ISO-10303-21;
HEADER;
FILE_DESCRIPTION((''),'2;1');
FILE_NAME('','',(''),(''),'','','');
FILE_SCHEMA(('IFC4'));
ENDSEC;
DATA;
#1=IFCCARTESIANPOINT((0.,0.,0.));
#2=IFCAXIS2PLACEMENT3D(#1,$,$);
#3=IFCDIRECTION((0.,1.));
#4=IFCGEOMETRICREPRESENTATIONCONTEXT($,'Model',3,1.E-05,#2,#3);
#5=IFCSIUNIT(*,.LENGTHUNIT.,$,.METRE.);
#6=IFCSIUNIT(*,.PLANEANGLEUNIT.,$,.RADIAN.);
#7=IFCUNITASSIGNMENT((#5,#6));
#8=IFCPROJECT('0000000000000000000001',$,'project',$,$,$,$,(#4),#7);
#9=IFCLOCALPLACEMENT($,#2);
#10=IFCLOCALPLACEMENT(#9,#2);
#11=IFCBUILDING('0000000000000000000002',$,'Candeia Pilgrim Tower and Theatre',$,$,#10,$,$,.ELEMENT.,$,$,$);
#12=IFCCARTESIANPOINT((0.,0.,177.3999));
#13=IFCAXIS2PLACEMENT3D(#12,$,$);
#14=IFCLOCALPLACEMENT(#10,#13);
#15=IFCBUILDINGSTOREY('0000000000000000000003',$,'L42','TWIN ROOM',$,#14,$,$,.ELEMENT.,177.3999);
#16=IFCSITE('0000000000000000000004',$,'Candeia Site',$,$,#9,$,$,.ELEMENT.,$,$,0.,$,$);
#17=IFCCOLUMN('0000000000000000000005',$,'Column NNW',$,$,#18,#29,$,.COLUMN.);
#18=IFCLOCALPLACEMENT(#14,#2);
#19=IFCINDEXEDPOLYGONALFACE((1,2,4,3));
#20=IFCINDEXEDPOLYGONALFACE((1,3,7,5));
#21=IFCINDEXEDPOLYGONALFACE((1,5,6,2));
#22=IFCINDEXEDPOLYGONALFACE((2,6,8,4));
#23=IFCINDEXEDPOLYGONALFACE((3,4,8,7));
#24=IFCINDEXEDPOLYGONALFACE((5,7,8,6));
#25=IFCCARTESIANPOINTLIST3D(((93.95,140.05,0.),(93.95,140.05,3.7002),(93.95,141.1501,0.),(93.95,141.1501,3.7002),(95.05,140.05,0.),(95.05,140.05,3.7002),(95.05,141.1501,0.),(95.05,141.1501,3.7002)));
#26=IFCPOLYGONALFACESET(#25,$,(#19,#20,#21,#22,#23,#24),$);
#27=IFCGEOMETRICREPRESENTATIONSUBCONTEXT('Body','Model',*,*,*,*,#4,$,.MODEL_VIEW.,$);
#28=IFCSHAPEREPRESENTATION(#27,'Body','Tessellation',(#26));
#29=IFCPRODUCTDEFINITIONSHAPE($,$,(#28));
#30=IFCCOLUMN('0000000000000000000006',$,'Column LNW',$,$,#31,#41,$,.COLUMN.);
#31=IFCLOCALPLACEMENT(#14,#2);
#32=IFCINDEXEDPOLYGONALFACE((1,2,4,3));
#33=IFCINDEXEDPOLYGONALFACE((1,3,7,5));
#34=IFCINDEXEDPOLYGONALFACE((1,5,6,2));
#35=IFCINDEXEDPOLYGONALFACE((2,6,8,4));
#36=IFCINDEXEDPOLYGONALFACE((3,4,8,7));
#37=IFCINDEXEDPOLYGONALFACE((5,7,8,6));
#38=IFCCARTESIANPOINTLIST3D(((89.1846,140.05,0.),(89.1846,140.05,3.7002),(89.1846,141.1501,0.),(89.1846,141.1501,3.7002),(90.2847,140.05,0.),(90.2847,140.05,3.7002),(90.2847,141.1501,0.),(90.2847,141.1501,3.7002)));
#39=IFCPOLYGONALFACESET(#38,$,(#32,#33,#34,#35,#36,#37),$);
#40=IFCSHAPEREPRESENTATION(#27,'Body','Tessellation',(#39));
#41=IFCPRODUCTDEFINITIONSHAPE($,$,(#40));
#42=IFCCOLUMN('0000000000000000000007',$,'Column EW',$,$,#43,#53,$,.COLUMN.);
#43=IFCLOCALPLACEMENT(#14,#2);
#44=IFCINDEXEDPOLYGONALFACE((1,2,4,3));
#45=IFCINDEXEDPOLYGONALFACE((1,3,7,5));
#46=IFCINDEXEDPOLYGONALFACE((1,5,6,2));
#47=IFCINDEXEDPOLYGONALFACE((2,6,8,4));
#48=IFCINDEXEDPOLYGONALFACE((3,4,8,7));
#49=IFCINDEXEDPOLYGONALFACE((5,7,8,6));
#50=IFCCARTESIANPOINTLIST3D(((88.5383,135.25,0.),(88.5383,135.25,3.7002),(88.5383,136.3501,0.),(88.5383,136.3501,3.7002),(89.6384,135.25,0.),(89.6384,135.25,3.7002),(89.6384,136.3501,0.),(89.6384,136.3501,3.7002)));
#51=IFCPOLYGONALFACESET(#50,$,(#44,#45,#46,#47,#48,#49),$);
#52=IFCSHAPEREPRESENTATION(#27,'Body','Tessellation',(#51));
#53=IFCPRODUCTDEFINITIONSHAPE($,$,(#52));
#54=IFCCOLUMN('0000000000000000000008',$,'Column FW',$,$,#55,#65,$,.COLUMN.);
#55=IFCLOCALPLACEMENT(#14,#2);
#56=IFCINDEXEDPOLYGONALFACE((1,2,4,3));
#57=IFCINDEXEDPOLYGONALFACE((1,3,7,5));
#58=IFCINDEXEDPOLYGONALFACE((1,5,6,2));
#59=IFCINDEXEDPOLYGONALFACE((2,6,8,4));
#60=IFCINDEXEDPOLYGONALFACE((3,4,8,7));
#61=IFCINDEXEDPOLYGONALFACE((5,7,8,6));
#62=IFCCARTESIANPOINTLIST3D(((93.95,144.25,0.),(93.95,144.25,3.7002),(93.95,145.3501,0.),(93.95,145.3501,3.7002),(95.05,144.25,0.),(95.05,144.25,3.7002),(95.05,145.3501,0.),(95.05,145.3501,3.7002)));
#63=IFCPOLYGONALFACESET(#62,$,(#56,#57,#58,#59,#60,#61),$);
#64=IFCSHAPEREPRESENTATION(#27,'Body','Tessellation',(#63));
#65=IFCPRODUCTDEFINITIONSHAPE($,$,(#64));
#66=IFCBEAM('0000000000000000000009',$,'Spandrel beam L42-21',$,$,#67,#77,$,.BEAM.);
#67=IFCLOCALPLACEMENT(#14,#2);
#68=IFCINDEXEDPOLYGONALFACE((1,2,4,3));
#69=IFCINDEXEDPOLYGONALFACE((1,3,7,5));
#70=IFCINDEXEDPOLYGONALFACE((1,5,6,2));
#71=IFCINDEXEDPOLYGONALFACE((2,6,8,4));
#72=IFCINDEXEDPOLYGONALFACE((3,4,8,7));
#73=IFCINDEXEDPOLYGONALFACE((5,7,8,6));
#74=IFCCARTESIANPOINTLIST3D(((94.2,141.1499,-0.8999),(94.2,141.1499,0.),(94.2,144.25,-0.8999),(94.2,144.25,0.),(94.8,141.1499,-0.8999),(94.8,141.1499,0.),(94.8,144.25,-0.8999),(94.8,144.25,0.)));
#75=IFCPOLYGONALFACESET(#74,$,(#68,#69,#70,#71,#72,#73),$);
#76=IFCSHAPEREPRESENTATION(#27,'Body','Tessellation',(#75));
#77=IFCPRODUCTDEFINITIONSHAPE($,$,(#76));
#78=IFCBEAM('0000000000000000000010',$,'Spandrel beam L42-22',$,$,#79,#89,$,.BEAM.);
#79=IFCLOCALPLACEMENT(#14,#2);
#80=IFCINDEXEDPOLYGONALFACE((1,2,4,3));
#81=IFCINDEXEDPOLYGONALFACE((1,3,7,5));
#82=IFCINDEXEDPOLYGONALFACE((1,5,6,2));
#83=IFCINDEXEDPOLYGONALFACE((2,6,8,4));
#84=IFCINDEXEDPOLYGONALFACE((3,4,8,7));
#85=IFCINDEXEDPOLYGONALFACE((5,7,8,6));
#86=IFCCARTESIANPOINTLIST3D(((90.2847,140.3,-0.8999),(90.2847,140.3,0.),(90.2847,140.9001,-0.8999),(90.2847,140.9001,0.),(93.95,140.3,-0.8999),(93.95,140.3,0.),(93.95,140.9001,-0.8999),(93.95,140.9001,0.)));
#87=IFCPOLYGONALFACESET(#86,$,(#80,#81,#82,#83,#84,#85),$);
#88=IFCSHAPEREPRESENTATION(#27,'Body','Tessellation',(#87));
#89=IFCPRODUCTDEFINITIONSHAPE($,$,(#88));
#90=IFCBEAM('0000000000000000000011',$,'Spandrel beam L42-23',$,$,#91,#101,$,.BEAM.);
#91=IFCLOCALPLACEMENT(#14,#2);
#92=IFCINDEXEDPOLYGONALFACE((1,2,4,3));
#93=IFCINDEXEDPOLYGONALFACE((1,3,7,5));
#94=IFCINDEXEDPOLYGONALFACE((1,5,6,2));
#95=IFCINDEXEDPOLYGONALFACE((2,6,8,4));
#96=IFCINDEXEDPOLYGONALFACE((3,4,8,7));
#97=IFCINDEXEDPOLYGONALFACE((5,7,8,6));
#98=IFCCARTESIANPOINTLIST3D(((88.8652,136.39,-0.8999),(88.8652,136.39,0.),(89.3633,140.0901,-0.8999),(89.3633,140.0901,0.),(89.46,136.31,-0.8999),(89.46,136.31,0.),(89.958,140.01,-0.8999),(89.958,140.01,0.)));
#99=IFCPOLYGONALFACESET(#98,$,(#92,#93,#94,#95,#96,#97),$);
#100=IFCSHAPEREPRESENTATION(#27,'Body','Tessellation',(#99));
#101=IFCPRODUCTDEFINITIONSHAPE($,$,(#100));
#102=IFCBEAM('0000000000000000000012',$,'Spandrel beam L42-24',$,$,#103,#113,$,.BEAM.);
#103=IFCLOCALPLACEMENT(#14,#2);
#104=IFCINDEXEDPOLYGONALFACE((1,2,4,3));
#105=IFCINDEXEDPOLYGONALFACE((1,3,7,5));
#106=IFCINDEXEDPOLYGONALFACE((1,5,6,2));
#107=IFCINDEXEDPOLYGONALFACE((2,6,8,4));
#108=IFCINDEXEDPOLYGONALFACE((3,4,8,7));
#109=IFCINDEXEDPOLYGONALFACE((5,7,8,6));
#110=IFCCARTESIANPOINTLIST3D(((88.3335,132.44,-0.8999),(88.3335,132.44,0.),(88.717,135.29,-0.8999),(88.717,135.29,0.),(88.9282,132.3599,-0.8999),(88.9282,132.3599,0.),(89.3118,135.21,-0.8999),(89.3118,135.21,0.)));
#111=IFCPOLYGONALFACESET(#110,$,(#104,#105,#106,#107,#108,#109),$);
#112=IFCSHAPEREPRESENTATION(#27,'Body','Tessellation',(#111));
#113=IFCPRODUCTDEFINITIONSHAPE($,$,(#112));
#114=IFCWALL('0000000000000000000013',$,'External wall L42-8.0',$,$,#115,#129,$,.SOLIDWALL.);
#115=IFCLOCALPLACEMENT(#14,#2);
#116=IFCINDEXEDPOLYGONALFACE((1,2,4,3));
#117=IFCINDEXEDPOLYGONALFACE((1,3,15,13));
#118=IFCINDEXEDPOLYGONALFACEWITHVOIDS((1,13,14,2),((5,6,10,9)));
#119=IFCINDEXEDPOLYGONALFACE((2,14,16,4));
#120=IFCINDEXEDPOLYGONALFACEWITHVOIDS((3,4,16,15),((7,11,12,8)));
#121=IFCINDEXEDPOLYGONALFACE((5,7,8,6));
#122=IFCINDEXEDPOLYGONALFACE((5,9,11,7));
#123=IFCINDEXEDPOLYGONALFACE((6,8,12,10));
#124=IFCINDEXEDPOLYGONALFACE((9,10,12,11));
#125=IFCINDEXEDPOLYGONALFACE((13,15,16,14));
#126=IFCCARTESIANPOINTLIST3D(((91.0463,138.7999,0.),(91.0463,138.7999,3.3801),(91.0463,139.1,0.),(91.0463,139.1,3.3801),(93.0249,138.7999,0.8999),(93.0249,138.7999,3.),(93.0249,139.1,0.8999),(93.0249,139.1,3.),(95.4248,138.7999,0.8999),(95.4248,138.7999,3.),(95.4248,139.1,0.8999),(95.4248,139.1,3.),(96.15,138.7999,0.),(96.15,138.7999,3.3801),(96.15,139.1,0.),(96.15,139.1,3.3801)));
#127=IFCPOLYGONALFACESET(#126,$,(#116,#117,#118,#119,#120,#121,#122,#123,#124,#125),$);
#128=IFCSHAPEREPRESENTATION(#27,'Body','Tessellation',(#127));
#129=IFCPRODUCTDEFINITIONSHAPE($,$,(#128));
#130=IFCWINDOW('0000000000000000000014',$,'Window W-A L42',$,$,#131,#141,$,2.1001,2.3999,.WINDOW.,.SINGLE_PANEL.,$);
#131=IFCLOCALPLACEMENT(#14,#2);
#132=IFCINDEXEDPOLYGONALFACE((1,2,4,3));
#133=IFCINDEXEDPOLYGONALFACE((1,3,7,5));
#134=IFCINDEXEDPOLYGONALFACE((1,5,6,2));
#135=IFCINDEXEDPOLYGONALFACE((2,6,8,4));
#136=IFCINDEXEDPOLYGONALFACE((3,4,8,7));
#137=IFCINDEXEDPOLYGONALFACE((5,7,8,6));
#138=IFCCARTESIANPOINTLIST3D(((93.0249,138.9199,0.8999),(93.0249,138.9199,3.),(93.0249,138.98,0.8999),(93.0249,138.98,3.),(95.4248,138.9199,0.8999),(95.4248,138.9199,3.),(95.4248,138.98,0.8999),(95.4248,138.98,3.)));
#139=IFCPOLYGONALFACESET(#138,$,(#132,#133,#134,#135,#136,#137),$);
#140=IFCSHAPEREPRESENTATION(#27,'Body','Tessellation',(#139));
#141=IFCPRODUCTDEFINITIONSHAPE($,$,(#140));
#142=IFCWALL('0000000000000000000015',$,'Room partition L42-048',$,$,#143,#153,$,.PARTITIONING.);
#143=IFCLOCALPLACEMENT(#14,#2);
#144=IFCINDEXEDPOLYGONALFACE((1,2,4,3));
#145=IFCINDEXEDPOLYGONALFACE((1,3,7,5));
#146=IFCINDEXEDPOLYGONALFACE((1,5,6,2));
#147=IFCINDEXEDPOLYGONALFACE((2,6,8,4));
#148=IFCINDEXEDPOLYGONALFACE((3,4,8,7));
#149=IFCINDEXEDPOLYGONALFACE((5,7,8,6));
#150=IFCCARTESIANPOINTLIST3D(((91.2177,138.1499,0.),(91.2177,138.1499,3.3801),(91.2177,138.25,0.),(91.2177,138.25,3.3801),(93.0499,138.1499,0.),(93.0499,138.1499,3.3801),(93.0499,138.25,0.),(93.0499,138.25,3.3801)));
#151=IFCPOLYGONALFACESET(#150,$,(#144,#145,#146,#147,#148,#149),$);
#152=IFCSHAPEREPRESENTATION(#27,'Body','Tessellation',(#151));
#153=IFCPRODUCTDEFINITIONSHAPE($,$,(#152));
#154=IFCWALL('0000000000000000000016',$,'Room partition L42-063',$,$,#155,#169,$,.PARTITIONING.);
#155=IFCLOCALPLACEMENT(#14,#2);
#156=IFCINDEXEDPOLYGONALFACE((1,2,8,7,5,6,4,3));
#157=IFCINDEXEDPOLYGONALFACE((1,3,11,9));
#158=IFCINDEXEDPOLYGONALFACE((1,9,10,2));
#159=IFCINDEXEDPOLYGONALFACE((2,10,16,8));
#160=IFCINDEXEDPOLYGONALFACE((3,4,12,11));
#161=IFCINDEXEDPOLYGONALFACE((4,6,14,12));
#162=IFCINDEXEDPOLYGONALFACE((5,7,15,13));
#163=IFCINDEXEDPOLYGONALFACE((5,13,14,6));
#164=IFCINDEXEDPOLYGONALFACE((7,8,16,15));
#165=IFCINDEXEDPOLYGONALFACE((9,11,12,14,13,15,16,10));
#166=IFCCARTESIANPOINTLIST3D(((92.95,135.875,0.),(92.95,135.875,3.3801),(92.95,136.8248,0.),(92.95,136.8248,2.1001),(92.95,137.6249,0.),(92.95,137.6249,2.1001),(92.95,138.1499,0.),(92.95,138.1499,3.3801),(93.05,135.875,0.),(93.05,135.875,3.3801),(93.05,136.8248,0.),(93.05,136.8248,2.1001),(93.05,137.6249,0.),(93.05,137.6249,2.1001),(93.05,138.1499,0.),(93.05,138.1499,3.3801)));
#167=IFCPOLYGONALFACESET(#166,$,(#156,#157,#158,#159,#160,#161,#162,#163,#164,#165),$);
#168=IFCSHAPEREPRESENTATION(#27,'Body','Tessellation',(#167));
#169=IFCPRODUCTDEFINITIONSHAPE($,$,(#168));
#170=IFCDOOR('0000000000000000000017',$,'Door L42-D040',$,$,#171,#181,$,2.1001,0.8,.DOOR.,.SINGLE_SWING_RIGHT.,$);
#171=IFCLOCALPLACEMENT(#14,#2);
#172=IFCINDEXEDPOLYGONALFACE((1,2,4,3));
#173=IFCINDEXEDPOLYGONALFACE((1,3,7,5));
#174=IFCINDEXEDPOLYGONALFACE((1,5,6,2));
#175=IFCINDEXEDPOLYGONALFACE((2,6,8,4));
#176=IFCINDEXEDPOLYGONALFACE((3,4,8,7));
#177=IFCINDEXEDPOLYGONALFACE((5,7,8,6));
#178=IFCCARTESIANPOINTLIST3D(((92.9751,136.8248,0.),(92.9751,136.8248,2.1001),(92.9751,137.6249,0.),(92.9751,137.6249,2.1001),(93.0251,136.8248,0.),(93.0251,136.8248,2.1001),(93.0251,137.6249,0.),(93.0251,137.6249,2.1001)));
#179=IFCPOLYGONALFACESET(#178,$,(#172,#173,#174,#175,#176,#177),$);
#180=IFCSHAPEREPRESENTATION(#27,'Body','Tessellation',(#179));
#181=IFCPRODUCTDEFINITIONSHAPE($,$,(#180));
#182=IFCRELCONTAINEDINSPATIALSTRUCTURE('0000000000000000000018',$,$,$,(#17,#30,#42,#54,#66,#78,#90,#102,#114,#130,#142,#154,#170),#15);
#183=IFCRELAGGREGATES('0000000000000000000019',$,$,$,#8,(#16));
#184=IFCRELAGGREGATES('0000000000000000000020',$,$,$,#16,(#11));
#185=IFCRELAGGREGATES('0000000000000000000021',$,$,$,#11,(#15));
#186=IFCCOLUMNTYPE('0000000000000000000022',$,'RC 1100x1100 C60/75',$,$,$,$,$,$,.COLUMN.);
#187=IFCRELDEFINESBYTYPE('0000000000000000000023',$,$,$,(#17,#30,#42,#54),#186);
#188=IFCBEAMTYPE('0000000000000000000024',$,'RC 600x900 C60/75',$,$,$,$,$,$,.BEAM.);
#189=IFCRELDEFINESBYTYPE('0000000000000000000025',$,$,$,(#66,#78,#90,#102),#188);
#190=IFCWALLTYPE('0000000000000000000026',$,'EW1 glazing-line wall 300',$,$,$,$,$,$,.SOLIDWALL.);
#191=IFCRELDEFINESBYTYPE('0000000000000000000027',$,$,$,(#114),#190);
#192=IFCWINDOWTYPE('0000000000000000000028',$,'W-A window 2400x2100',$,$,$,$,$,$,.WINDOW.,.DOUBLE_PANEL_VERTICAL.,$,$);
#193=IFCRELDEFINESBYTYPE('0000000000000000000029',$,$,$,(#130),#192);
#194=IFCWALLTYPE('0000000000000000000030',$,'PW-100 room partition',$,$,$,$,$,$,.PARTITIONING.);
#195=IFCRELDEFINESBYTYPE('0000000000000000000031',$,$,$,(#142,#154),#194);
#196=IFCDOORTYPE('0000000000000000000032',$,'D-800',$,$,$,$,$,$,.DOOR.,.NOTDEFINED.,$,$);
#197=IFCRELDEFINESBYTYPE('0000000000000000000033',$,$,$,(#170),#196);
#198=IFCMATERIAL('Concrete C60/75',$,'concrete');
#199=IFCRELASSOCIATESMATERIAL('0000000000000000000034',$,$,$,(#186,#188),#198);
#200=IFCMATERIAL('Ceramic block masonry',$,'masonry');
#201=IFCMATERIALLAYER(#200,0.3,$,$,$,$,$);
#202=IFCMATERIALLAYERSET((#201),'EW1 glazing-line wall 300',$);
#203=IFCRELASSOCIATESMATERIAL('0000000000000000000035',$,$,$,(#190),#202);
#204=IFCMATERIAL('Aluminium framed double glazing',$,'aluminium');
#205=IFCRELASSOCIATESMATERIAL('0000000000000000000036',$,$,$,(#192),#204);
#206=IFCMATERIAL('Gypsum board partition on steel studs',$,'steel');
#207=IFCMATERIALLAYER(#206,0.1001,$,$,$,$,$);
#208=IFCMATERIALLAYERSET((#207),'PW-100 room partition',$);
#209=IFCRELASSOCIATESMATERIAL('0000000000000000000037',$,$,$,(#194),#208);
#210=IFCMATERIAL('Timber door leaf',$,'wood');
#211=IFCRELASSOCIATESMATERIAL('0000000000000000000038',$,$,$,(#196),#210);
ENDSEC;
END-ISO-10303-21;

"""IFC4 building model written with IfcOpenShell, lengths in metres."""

from ifc_helpers import new_model, si_unit, direction, frame, frame_2d, origin, origin_2d, place, context, subcontext, project, spatial, rectangle, extrude, material, layer, layer_set, material_profile, profile_set, type_object, element, fill, save


model = new_model("IFC4")

# Units and contexts
model_context = context("Model", 3, precision=1e-05, world=origin(), true_north=direction((0.0, 1.0)))
body_context = subcontext(model_context, "Body", "Model", "MODEL_VIEW")
ifc_project = project(units=[si_unit("LENGTHUNIT", "METRE"), si_unit("PLANEANGLEUNIT", "RADIAN")], contexts=[model_context])

# Site, building, storey
site_placement = place(None, origin())
site = spatial("IfcSite", under=ifc_project, at=site_placement, Name="Candeia Site", CompositionType="ELEMENT", RefElevation=0.0)
building_placement = place(site_placement, origin())
building = spatial("IfcBuilding", under=site, at=building_placement, Name="Candeia Pilgrim Tower and Theatre", CompositionType="ELEMENT")
storey_placement = place(building_placement, frame((0.0, 0.0, 177.3999)))
storey = spatial("IfcBuildingStorey", under=building, at=storey_placement, Name="L42", Description="TWIN ROOM", CompositionType="ELEMENT", Elevation=177.3999)

# Columns
ifc_material_1 = material(Name="Concrete C60/75", Category="concrete")
ifc_material_profile_1 = material_profile(ifc_material_1, rectangle(XDim=1.1001, YDim=1.1001, at=origin_2d()))
ifc_profile_set_1 = profile_set([ifc_material_profile_1], Name="Concrete C60/75")
column_type = type_object("IfcColumnType", Name="RC 1100x1100 C60/75", PredefinedType="COLUMN", material=ifc_profile_set_1)
for number, where, z_axis, x_axis, name in (
    (1, (94.5, 140.6001, 0.0), (0.0, 0.0, 1.0), (1.0, 0.0, 0.0), "Column NNW"),
    (2, (89.7346, 140.6001, 0.0), (0.0, 0.0, 1.0), (1.0, 0.0, 0.0), "Column LNW"),
    (3, (89.0884, 135.8, 0.0), (0.0, 0.0, 1.0), (1.0, 0.0, 0.0), "Column EW"),
    (4, (94.5, 144.8, 0.0), (0.0, 0.0, 1.0), (1.0, 0.0, 0.0), "Column FW"),
):
    element("IfcColumn", number, at=place(storey_placement, frame(where, z_axis=z_axis, x_axis=x_axis)), inside=storey, type_object=column_type, Name=name, PredefinedType="COLUMN", context=body_context, shape_type="SweptSolid", body=[
        extrude(rectangle(XDim=1.1001, YDim=1.1001, at=origin_2d()), origin(), (0.0, 0.0, 1.0), 3.7002),
    ])

# Beams
ifc_material_profile_2 = material_profile(ifc_material_1, rectangle(XDim=0.6001, YDim=0.8999, at=origin_2d()))
ifc_profile_set_2 = profile_set([ifc_material_profile_2], Name="Concrete C60/75")
beam_type = type_object("IfcBeamType", Name="RC 600x900 C60/75", PredefinedType="BEAM", material=ifc_profile_set_2)
beam_1_placement = place(storey_placement, frame((94.5, 144.25, -0.45), z_axis=(0.0, -1.0, 0.0), x_axis=(1.0, 0.0, 0.0)))
element("IfcBeam", 5, at=beam_1_placement, inside=storey, type_object=beam_type, Name="Spandrel beam L42-21", PredefinedType="BEAM", context=body_context, shape_type="SweptSolid", body=[
    extrude(rectangle(XDim=0.6001, YDim=0.8999, at=origin_2d()), origin(), (0.0, 0.0, 1.0), 3.1001),
])
beam_2_placement = place(storey_placement, frame((93.95, 140.6001, -0.45), z_axis=(-1.0, 0.0, 0.0), x_axis=(0.0, -1.0, 0.0)))
element("IfcBeam", 6, at=beam_2_placement, inside=storey, type_object=beam_type, Name="Spandrel beam L42-22", PredefinedType="BEAM", context=body_context, shape_type="SweptSolid", body=[
    extrude(rectangle(XDim=0.6001, YDim=0.8999, at=origin_2d()), origin(), (0.0, 0.0, 1.0), 3.6653),
])
beam_3_placement = place(storey_placement, frame((89.6606, 140.05, -0.45), z_axis=(-0.133406, -0.991061, 0.0), x_axis=(0.991061, -0.133406, 0.0)))
element("IfcBeam", 7, at=beam_3_placement, inside=storey, type_object=beam_type, Name="Spandrel beam L42-23", PredefinedType="BEAM", context=body_context, shape_type="SweptSolid", body=[
    extrude(rectangle(XDim=0.6001, YDim=0.8999, at=origin_2d()), origin(), (0.0, 0.0, 1.0), 3.7334),
])
beam_4_placement = place(storey_placement, frame((89.0144, 135.25, -0.45), z_axis=(-0.13337, -0.991066, 0.0), x_axis=(0.991066, -0.13337, 0.0)))
element("IfcBeam", 8, at=beam_4_placement, inside=storey, type_object=beam_type, Name="Spandrel beam L42-24", PredefinedType="BEAM", context=body_context, shape_type="SweptSolid", body=[
    extrude(rectangle(XDim=0.6001, YDim=0.8999, at=origin_2d()), origin(), (0.0, 0.0, 1.0), 2.8757),
])

# Wall, opening, window
ifc_material_2 = material(Name="Ceramic block masonry", Category="masonry")
ifc_layer_1 = layer(ifc_material_2, 0.3)
ifc_layer_set_1 = layer_set([ifc_layer_1], Name="EW1 glazing-line wall 300")
wall_type_1 = type_object("IfcWallType", Name="EW1 glazing-line wall 300", PredefinedType="SOLIDWALL", material=ifc_layer_set_1)
wall_1_placement = place(storey_placement, frame((96.1499, 138.95, 0.0), z_axis=(0.0, 0.0, 1.0), x_axis=(-1.0, 0.0, 0.0)))
wall_1 = element("IfcWall", 9, at=wall_1_placement, inside=storey, type_object=wall_type_1, Name="External wall L42-8.0", PredefinedType="SOLIDWALL", context=body_context, shape_type="SweptSolid", body=[
    extrude(rectangle(XDim=5.1038, YDim=0.3, at=frame_2d((2.5518, 0.0))), origin(), (0.0, 0.0, 1.0), 3.3801),
])
opening_1_placement = place(wall_1_placement, frame((0.7251, 0.0, 0.8999)))
opening_1 = element("IfcOpeningElement", 10, at=opening_1_placement, cuts=wall_1, PredefinedType="OPENING", context=body_context, shape_type="SweptSolid", body=[
    extrude(rectangle(XDim=2.3999, YDim=2.1001, at=frame_2d((1.2, 1.05))), frame((0.0, 0.1602, 0.0), z_axis=(0.0, -1.0, 0.0), x_axis=(1.0, 0.0, 0.0)), (0.0, 0.0, 1.0), 0.3201),
])
ifc_material_3 = material(Name="Aluminium framed double glazing", Category="aluminium")
window_type_1 = type_object("IfcWindowType", Name="W-A window 2400x2100", PartitioningType="DOUBLE_PANEL_VERTICAL", PredefinedType="WINDOW", material=ifc_material_3)
window_1_placement = place(opening_1_placement, origin())
window_1 = element("IfcWindow", 11, at=window_1_placement, inside=storey, type_object=window_type_1, Name="Window W-A L42", OverallHeight=2.1001, OverallWidth=2.3999, PartitioningType="SINGLE_PANEL", PredefinedType="WINDOW", context=body_context, shape_type="SweptSolid", body=[
    extrude(rectangle(XDim=2.3999, YDim=2.1001, at=frame_2d((1.2, 1.05))), frame((0.0, 0.03, 0.0), z_axis=(0.0, -1.0, 0.0), x_axis=(1.0, 0.0, 0.0)), (0.0, 0.0, 1.0), 0.0601),
])
fill(opening_1, window_1)

# Wall
ifc_material_4 = material(Name="Gypsum board partition on steel studs", Category="steel")
ifc_layer_2 = layer(ifc_material_4, 0.1001)
ifc_layer_set_2 = layer_set([ifc_layer_2], Name="PW-100 room partition")
wall_type_2 = type_object("IfcWallType", Name="PW-100 room partition", PredefinedType="PARTITIONING", material=ifc_layer_set_2)
wall_2_placement = place(storey_placement, frame((91.2178, 138.2, 0.0), z_axis=(0.0, 0.0, 1.0), x_axis=(1.0, 0.0, 0.0)))
element("IfcWall", 12, at=wall_2_placement, inside=storey, type_object=wall_type_2, Name="Room partition L42-048", PredefinedType="PARTITIONING", context=body_context, shape_type="SweptSolid", body=[
    extrude(rectangle(XDim=1.8323, YDim=0.1001, at=frame_2d((0.916, 0.0))), origin(), (0.0, 0.0, 1.0), 3.3801),
])

# Wall, opening, door
wall_3_placement = place(storey_placement, frame((93.0, 135.875, 0.0), z_axis=(0.0, 0.0, 1.0), x_axis=(0.0, 1.0, 0.0)))
wall_3 = element("IfcWall", 13, at=wall_3_placement, inside=storey, type_object=wall_type_2, Name="Room partition L42-063", PredefinedType="PARTITIONING", context=body_context, shape_type="SweptSolid", body=[
    extrude(rectangle(XDim=2.2749, YDim=0.1001, at=frame_2d((1.1375, 0.0))), origin(), (0.0, 0.0, 1.0), 3.3801),
])
opening_2_placement = place(wall_3_placement, frame((0.95, 0.0, 0.0)))
opening_2 = element("IfcOpeningElement", 14, at=opening_2_placement, cuts=wall_3, PredefinedType="OPENING", context=body_context, shape_type="SweptSolid", body=[
    extrude(rectangle(XDim=0.8, YDim=2.1001, at=frame_2d((0.3999, 1.05))), frame((0.0, 0.0601, 0.0), z_axis=(0.0, -1.0, 0.0), x_axis=(1.0, 0.0, 0.0)), (0.0, 0.0, 1.0), 0.1201),
])
ifc_material_5 = material(Name="Timber door leaf", Category="wood")
door_type_1 = type_object("IfcDoorType", Name="D-800", OperationType="NOTDEFINED", PredefinedType="DOOR", material=ifc_material_5)
door_1_placement = place(opening_2_placement, origin())
door_1 = element("IfcDoor", 15, at=door_1_placement, inside=storey, type_object=door_type_1, Name="Door L42-D040", OperationType="SINGLE_SWING_RIGHT", OverallHeight=2.1001, OverallWidth=0.8, PredefinedType="DOOR", context=body_context, shape_type="SweptSolid", body=[
    extrude(rectangle(XDim=0.8, YDim=2.1001, at=frame_2d((0.3999, 1.05))), frame((0.0, 0.0249, 0.0), z_axis=(0.0, -1.0, 0.0), x_axis=(1.0, 0.0, 0.0)), (0.0, 0.0, 1.0), 0.05),
])
fill(opening_2, door_1)

save(model, "model.ifc")
